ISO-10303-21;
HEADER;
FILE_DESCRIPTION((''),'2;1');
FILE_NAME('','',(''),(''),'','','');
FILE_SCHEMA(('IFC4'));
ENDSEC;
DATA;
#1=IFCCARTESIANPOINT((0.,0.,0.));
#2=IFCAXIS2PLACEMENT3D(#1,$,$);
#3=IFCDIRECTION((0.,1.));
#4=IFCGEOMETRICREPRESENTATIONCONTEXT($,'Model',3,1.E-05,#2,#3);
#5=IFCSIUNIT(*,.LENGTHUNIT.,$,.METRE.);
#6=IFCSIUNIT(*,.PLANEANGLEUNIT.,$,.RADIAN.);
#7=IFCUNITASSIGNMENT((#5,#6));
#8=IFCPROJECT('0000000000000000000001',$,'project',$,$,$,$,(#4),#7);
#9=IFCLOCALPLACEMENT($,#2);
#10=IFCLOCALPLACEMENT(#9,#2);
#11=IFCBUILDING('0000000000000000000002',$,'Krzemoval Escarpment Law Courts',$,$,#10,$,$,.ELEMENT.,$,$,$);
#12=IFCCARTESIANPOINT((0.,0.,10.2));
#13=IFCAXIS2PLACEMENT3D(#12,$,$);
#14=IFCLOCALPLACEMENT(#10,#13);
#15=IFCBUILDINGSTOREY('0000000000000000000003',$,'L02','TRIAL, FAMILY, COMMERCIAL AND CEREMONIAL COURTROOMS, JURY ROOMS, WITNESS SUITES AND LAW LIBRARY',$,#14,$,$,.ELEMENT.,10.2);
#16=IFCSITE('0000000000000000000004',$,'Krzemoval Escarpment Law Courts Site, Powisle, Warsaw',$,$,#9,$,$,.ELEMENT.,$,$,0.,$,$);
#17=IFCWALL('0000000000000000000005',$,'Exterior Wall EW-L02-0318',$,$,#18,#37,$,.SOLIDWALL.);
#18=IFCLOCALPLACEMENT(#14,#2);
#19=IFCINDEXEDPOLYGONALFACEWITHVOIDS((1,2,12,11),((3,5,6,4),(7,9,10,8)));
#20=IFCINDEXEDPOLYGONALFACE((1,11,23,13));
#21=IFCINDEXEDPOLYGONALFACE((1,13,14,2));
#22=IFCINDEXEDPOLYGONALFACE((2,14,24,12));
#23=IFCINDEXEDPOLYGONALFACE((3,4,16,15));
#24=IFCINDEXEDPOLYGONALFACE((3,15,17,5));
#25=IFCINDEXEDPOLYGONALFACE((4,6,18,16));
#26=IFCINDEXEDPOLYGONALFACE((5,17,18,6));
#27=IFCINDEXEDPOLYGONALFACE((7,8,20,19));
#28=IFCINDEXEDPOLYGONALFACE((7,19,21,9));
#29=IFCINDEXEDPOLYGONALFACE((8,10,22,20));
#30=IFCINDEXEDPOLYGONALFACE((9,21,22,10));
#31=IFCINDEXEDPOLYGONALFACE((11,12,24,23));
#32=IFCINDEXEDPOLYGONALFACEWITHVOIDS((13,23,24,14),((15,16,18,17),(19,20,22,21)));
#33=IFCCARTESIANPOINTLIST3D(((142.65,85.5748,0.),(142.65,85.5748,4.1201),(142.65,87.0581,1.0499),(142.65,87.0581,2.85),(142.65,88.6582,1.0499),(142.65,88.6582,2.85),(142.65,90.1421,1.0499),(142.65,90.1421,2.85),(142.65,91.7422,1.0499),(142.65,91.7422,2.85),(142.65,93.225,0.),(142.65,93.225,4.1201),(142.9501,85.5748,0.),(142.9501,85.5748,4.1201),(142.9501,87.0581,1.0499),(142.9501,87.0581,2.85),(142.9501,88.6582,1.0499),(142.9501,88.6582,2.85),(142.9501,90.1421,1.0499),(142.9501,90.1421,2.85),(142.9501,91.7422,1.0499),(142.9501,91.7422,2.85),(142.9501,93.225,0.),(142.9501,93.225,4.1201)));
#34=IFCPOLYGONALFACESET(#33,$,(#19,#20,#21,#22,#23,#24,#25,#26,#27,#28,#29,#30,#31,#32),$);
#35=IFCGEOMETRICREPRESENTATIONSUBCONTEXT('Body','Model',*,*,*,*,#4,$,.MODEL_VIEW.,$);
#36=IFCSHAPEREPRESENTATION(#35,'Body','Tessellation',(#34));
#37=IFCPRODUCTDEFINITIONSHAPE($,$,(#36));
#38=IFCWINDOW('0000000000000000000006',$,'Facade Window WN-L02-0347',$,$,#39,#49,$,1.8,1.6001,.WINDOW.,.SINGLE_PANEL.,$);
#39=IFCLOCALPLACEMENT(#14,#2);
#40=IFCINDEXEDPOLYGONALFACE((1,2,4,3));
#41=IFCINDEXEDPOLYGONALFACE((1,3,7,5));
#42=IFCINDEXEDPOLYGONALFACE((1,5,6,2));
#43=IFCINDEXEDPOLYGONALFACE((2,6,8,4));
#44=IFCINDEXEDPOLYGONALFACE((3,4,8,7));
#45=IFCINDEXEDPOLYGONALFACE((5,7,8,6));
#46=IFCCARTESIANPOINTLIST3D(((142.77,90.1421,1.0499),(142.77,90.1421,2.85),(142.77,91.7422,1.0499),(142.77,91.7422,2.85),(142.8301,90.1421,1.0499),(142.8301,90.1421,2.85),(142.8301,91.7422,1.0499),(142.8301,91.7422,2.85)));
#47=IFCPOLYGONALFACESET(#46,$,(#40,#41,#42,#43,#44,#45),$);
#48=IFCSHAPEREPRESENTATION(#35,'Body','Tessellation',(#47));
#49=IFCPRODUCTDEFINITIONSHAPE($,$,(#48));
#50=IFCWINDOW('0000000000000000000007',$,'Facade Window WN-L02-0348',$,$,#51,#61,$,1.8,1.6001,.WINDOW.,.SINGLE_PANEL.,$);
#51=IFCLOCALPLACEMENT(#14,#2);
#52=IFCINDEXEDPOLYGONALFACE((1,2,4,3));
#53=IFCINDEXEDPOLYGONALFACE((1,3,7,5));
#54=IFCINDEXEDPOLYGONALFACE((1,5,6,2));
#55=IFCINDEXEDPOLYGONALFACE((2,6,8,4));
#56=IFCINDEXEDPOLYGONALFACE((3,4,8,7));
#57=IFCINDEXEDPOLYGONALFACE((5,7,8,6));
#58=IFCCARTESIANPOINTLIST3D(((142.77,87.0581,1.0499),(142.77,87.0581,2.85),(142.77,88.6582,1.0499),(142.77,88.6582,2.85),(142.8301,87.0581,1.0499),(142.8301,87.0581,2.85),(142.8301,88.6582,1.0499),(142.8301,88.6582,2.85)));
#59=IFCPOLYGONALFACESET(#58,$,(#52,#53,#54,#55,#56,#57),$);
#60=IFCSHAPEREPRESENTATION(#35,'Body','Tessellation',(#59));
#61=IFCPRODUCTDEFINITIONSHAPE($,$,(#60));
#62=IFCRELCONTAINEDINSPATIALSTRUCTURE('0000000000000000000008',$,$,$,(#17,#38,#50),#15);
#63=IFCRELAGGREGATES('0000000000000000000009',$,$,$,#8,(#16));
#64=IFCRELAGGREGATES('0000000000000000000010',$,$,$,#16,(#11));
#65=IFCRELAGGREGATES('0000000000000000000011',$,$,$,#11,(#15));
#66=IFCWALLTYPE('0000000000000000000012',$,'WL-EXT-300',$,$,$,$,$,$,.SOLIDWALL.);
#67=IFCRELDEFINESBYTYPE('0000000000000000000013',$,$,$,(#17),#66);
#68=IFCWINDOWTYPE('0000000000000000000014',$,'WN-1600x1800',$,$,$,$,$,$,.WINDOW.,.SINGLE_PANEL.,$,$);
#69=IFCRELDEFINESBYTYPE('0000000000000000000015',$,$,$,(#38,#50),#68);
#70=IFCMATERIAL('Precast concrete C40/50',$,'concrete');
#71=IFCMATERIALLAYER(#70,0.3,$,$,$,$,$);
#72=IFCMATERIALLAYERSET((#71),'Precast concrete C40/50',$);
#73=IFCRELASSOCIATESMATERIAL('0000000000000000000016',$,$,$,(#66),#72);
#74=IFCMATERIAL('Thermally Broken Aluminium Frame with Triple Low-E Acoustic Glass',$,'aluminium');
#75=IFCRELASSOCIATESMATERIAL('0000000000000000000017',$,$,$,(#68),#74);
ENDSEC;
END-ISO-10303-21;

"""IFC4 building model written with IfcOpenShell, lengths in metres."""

from ifc_helpers import new_model, si_unit, direction, frame, frame_2d, origin, place, context, subcontext, project, spatial, rectangle, extrude, material, layer, layer_set, type_object, element, fill, save


model = new_model("IFC4")

# Units and contexts
model_context = context("Model", 3, precision=1e-05, world=origin(), true_north=direction((0.0, 1.0)))
body_context = subcontext(model_context, "Body", "Model", "MODEL_VIEW")
ifc_project = project(units=[si_unit("LENGTHUNIT", "METRE"), si_unit("PLANEANGLEUNIT", "RADIAN")], contexts=[model_context])

# Site, building, storey
site_placement = place(None, origin())
site = spatial("IfcSite", under=ifc_project, at=site_placement, Name="Krzemoval Escarpment Law Courts Site, Powisle, Warsaw", CompositionType="ELEMENT", RefElevation=0.0)
building_placement = place(site_placement, origin())
building = spatial("IfcBuilding", under=site, at=building_placement, Name="Krzemoval Escarpment Law Courts", CompositionType="ELEMENT")
storey_placement = place(building_placement, frame((0.0, 0.0, 10.2)))
storey = spatial("IfcBuildingStorey", under=building, at=storey_placement, Name="L02", Description="TRIAL, FAMILY, COMMERCIAL AND CEREMONIAL COURTROOMS, JURY ROOMS, WITNESS SUITES AND LAW LIBRARY", CompositionType="ELEMENT", Elevation=10.2)

# Wall, openings, windows
ifc_material_1 = material(Name="Precast concrete C40/50", Category="concrete")
ifc_layer_1 = layer(ifc_material_1, 0.3)
ifc_layer_set_1 = layer_set([ifc_layer_1], Name="Precast concrete C40/50")
wall_type = type_object("IfcWallType", Name="WL-EXT-300", PredefinedType="SOLIDWALL", material=ifc_layer_set_1)
wall_placement = place(storey_placement, frame((142.8, 93.2251, 0.0), z_axis=(0.0, 0.0, 1.0), x_axis=(0.0, -1.0, 0.0)))
wall = element("IfcWall", 1, at=wall_placement, inside=storey, type_object=wall_type, Name="Exterior Wall EW-L02-0318", PredefinedType="SOLIDWALL", context=body_context, shape_type="SweptSolid", body=[
    extrude(rectangle(XDim=7.6501, YDim=0.3, at=frame_2d((3.8252, 0.0))), origin(), (0.0, 0.0, 1.0), 4.1201),
])
opening_1_placement = place(wall_placement, frame((1.4829, 0.0, 1.05)))
opening_1 = element("IfcOpeningElement", 2, at=opening_1_placement, cuts=wall, PredefinedType="OPENING", context=body_context, shape_type="SweptSolid", body=[
    extrude(rectangle(XDim=1.6001, YDim=1.8, at=frame_2d((0.8, 0.8999))), frame((0.0, 0.165, 0.0), z_axis=(0.0, -1.0, 0.0), x_axis=(1.0, 0.0, 0.0)), (0.0, 0.0, 1.0), 0.3301),
])
opening_2_placement = place(wall_placement, frame((4.5669, 0.0, 1.05)))
opening_2 = element("IfcOpeningElement", 3, at=opening_2_placement, cuts=wall, PredefinedType="OPENING", context=body_context, shape_type="SweptSolid", body=[
    extrude(rectangle(XDim=1.6001, YDim=1.8, at=frame_2d((0.8, 0.8999))), frame((0.0, 0.165, 0.0), z_axis=(0.0, -1.0, 0.0), x_axis=(1.0, 0.0, 0.0)), (0.0, 0.0, 1.0), 0.3301),
])
ifc_material_2 = material(Name="Thermally Broken Aluminium Frame with Triple Low-E Acoustic Glass", Category="aluminium")
window_type = type_object("IfcWindowType", Name="WN-1600x1800", PartitioningType="SINGLE_PANEL", PredefinedType="WINDOW", material=ifc_material_2)
window_1_placement = place(opening_1_placement, origin())
window_1 = element("IfcWindow", 4, at=window_1_placement, inside=storey, type_object=window_type, Name="Facade Window WN-L02-0347", OverallHeight=1.8, OverallWidth=1.6001, PartitioningType="SINGLE_PANEL", PredefinedType="WINDOW", context=body_context, shape_type="SweptSolid", body=[
    extrude(rectangle(XDim=1.6001, YDim=1.8, at=frame_2d((0.8, 0.8999))), frame((0.0, 0.03, 0.0), z_axis=(0.0, -1.0, 0.0), x_axis=(1.0, 0.0, 0.0)), (0.0, 0.0, 1.0), 0.0601),
])
fill(opening_1, window_1)
window_2_placement = place(opening_2_placement, origin())
window_2 = element("IfcWindow", 5, at=window_2_placement, inside=storey, type_object=window_type, Name="Facade Window WN-L02-0348", OverallHeight=1.8, OverallWidth=1.6001, PartitioningType="SINGLE_PANEL", PredefinedType="WINDOW", context=body_context, shape_type="SweptSolid", body=[
    extrude(rectangle(XDim=1.6001, YDim=1.8, at=frame_2d((0.8, 0.8999))), frame((0.0, 0.03, 0.0), z_axis=(0.0, -1.0, 0.0), x_axis=(1.0, 0.0, 0.0)), (0.0, 0.0, 1.0), 0.0601),
])
fill(opening_2, window_2)

save(model, "model.ifc")
